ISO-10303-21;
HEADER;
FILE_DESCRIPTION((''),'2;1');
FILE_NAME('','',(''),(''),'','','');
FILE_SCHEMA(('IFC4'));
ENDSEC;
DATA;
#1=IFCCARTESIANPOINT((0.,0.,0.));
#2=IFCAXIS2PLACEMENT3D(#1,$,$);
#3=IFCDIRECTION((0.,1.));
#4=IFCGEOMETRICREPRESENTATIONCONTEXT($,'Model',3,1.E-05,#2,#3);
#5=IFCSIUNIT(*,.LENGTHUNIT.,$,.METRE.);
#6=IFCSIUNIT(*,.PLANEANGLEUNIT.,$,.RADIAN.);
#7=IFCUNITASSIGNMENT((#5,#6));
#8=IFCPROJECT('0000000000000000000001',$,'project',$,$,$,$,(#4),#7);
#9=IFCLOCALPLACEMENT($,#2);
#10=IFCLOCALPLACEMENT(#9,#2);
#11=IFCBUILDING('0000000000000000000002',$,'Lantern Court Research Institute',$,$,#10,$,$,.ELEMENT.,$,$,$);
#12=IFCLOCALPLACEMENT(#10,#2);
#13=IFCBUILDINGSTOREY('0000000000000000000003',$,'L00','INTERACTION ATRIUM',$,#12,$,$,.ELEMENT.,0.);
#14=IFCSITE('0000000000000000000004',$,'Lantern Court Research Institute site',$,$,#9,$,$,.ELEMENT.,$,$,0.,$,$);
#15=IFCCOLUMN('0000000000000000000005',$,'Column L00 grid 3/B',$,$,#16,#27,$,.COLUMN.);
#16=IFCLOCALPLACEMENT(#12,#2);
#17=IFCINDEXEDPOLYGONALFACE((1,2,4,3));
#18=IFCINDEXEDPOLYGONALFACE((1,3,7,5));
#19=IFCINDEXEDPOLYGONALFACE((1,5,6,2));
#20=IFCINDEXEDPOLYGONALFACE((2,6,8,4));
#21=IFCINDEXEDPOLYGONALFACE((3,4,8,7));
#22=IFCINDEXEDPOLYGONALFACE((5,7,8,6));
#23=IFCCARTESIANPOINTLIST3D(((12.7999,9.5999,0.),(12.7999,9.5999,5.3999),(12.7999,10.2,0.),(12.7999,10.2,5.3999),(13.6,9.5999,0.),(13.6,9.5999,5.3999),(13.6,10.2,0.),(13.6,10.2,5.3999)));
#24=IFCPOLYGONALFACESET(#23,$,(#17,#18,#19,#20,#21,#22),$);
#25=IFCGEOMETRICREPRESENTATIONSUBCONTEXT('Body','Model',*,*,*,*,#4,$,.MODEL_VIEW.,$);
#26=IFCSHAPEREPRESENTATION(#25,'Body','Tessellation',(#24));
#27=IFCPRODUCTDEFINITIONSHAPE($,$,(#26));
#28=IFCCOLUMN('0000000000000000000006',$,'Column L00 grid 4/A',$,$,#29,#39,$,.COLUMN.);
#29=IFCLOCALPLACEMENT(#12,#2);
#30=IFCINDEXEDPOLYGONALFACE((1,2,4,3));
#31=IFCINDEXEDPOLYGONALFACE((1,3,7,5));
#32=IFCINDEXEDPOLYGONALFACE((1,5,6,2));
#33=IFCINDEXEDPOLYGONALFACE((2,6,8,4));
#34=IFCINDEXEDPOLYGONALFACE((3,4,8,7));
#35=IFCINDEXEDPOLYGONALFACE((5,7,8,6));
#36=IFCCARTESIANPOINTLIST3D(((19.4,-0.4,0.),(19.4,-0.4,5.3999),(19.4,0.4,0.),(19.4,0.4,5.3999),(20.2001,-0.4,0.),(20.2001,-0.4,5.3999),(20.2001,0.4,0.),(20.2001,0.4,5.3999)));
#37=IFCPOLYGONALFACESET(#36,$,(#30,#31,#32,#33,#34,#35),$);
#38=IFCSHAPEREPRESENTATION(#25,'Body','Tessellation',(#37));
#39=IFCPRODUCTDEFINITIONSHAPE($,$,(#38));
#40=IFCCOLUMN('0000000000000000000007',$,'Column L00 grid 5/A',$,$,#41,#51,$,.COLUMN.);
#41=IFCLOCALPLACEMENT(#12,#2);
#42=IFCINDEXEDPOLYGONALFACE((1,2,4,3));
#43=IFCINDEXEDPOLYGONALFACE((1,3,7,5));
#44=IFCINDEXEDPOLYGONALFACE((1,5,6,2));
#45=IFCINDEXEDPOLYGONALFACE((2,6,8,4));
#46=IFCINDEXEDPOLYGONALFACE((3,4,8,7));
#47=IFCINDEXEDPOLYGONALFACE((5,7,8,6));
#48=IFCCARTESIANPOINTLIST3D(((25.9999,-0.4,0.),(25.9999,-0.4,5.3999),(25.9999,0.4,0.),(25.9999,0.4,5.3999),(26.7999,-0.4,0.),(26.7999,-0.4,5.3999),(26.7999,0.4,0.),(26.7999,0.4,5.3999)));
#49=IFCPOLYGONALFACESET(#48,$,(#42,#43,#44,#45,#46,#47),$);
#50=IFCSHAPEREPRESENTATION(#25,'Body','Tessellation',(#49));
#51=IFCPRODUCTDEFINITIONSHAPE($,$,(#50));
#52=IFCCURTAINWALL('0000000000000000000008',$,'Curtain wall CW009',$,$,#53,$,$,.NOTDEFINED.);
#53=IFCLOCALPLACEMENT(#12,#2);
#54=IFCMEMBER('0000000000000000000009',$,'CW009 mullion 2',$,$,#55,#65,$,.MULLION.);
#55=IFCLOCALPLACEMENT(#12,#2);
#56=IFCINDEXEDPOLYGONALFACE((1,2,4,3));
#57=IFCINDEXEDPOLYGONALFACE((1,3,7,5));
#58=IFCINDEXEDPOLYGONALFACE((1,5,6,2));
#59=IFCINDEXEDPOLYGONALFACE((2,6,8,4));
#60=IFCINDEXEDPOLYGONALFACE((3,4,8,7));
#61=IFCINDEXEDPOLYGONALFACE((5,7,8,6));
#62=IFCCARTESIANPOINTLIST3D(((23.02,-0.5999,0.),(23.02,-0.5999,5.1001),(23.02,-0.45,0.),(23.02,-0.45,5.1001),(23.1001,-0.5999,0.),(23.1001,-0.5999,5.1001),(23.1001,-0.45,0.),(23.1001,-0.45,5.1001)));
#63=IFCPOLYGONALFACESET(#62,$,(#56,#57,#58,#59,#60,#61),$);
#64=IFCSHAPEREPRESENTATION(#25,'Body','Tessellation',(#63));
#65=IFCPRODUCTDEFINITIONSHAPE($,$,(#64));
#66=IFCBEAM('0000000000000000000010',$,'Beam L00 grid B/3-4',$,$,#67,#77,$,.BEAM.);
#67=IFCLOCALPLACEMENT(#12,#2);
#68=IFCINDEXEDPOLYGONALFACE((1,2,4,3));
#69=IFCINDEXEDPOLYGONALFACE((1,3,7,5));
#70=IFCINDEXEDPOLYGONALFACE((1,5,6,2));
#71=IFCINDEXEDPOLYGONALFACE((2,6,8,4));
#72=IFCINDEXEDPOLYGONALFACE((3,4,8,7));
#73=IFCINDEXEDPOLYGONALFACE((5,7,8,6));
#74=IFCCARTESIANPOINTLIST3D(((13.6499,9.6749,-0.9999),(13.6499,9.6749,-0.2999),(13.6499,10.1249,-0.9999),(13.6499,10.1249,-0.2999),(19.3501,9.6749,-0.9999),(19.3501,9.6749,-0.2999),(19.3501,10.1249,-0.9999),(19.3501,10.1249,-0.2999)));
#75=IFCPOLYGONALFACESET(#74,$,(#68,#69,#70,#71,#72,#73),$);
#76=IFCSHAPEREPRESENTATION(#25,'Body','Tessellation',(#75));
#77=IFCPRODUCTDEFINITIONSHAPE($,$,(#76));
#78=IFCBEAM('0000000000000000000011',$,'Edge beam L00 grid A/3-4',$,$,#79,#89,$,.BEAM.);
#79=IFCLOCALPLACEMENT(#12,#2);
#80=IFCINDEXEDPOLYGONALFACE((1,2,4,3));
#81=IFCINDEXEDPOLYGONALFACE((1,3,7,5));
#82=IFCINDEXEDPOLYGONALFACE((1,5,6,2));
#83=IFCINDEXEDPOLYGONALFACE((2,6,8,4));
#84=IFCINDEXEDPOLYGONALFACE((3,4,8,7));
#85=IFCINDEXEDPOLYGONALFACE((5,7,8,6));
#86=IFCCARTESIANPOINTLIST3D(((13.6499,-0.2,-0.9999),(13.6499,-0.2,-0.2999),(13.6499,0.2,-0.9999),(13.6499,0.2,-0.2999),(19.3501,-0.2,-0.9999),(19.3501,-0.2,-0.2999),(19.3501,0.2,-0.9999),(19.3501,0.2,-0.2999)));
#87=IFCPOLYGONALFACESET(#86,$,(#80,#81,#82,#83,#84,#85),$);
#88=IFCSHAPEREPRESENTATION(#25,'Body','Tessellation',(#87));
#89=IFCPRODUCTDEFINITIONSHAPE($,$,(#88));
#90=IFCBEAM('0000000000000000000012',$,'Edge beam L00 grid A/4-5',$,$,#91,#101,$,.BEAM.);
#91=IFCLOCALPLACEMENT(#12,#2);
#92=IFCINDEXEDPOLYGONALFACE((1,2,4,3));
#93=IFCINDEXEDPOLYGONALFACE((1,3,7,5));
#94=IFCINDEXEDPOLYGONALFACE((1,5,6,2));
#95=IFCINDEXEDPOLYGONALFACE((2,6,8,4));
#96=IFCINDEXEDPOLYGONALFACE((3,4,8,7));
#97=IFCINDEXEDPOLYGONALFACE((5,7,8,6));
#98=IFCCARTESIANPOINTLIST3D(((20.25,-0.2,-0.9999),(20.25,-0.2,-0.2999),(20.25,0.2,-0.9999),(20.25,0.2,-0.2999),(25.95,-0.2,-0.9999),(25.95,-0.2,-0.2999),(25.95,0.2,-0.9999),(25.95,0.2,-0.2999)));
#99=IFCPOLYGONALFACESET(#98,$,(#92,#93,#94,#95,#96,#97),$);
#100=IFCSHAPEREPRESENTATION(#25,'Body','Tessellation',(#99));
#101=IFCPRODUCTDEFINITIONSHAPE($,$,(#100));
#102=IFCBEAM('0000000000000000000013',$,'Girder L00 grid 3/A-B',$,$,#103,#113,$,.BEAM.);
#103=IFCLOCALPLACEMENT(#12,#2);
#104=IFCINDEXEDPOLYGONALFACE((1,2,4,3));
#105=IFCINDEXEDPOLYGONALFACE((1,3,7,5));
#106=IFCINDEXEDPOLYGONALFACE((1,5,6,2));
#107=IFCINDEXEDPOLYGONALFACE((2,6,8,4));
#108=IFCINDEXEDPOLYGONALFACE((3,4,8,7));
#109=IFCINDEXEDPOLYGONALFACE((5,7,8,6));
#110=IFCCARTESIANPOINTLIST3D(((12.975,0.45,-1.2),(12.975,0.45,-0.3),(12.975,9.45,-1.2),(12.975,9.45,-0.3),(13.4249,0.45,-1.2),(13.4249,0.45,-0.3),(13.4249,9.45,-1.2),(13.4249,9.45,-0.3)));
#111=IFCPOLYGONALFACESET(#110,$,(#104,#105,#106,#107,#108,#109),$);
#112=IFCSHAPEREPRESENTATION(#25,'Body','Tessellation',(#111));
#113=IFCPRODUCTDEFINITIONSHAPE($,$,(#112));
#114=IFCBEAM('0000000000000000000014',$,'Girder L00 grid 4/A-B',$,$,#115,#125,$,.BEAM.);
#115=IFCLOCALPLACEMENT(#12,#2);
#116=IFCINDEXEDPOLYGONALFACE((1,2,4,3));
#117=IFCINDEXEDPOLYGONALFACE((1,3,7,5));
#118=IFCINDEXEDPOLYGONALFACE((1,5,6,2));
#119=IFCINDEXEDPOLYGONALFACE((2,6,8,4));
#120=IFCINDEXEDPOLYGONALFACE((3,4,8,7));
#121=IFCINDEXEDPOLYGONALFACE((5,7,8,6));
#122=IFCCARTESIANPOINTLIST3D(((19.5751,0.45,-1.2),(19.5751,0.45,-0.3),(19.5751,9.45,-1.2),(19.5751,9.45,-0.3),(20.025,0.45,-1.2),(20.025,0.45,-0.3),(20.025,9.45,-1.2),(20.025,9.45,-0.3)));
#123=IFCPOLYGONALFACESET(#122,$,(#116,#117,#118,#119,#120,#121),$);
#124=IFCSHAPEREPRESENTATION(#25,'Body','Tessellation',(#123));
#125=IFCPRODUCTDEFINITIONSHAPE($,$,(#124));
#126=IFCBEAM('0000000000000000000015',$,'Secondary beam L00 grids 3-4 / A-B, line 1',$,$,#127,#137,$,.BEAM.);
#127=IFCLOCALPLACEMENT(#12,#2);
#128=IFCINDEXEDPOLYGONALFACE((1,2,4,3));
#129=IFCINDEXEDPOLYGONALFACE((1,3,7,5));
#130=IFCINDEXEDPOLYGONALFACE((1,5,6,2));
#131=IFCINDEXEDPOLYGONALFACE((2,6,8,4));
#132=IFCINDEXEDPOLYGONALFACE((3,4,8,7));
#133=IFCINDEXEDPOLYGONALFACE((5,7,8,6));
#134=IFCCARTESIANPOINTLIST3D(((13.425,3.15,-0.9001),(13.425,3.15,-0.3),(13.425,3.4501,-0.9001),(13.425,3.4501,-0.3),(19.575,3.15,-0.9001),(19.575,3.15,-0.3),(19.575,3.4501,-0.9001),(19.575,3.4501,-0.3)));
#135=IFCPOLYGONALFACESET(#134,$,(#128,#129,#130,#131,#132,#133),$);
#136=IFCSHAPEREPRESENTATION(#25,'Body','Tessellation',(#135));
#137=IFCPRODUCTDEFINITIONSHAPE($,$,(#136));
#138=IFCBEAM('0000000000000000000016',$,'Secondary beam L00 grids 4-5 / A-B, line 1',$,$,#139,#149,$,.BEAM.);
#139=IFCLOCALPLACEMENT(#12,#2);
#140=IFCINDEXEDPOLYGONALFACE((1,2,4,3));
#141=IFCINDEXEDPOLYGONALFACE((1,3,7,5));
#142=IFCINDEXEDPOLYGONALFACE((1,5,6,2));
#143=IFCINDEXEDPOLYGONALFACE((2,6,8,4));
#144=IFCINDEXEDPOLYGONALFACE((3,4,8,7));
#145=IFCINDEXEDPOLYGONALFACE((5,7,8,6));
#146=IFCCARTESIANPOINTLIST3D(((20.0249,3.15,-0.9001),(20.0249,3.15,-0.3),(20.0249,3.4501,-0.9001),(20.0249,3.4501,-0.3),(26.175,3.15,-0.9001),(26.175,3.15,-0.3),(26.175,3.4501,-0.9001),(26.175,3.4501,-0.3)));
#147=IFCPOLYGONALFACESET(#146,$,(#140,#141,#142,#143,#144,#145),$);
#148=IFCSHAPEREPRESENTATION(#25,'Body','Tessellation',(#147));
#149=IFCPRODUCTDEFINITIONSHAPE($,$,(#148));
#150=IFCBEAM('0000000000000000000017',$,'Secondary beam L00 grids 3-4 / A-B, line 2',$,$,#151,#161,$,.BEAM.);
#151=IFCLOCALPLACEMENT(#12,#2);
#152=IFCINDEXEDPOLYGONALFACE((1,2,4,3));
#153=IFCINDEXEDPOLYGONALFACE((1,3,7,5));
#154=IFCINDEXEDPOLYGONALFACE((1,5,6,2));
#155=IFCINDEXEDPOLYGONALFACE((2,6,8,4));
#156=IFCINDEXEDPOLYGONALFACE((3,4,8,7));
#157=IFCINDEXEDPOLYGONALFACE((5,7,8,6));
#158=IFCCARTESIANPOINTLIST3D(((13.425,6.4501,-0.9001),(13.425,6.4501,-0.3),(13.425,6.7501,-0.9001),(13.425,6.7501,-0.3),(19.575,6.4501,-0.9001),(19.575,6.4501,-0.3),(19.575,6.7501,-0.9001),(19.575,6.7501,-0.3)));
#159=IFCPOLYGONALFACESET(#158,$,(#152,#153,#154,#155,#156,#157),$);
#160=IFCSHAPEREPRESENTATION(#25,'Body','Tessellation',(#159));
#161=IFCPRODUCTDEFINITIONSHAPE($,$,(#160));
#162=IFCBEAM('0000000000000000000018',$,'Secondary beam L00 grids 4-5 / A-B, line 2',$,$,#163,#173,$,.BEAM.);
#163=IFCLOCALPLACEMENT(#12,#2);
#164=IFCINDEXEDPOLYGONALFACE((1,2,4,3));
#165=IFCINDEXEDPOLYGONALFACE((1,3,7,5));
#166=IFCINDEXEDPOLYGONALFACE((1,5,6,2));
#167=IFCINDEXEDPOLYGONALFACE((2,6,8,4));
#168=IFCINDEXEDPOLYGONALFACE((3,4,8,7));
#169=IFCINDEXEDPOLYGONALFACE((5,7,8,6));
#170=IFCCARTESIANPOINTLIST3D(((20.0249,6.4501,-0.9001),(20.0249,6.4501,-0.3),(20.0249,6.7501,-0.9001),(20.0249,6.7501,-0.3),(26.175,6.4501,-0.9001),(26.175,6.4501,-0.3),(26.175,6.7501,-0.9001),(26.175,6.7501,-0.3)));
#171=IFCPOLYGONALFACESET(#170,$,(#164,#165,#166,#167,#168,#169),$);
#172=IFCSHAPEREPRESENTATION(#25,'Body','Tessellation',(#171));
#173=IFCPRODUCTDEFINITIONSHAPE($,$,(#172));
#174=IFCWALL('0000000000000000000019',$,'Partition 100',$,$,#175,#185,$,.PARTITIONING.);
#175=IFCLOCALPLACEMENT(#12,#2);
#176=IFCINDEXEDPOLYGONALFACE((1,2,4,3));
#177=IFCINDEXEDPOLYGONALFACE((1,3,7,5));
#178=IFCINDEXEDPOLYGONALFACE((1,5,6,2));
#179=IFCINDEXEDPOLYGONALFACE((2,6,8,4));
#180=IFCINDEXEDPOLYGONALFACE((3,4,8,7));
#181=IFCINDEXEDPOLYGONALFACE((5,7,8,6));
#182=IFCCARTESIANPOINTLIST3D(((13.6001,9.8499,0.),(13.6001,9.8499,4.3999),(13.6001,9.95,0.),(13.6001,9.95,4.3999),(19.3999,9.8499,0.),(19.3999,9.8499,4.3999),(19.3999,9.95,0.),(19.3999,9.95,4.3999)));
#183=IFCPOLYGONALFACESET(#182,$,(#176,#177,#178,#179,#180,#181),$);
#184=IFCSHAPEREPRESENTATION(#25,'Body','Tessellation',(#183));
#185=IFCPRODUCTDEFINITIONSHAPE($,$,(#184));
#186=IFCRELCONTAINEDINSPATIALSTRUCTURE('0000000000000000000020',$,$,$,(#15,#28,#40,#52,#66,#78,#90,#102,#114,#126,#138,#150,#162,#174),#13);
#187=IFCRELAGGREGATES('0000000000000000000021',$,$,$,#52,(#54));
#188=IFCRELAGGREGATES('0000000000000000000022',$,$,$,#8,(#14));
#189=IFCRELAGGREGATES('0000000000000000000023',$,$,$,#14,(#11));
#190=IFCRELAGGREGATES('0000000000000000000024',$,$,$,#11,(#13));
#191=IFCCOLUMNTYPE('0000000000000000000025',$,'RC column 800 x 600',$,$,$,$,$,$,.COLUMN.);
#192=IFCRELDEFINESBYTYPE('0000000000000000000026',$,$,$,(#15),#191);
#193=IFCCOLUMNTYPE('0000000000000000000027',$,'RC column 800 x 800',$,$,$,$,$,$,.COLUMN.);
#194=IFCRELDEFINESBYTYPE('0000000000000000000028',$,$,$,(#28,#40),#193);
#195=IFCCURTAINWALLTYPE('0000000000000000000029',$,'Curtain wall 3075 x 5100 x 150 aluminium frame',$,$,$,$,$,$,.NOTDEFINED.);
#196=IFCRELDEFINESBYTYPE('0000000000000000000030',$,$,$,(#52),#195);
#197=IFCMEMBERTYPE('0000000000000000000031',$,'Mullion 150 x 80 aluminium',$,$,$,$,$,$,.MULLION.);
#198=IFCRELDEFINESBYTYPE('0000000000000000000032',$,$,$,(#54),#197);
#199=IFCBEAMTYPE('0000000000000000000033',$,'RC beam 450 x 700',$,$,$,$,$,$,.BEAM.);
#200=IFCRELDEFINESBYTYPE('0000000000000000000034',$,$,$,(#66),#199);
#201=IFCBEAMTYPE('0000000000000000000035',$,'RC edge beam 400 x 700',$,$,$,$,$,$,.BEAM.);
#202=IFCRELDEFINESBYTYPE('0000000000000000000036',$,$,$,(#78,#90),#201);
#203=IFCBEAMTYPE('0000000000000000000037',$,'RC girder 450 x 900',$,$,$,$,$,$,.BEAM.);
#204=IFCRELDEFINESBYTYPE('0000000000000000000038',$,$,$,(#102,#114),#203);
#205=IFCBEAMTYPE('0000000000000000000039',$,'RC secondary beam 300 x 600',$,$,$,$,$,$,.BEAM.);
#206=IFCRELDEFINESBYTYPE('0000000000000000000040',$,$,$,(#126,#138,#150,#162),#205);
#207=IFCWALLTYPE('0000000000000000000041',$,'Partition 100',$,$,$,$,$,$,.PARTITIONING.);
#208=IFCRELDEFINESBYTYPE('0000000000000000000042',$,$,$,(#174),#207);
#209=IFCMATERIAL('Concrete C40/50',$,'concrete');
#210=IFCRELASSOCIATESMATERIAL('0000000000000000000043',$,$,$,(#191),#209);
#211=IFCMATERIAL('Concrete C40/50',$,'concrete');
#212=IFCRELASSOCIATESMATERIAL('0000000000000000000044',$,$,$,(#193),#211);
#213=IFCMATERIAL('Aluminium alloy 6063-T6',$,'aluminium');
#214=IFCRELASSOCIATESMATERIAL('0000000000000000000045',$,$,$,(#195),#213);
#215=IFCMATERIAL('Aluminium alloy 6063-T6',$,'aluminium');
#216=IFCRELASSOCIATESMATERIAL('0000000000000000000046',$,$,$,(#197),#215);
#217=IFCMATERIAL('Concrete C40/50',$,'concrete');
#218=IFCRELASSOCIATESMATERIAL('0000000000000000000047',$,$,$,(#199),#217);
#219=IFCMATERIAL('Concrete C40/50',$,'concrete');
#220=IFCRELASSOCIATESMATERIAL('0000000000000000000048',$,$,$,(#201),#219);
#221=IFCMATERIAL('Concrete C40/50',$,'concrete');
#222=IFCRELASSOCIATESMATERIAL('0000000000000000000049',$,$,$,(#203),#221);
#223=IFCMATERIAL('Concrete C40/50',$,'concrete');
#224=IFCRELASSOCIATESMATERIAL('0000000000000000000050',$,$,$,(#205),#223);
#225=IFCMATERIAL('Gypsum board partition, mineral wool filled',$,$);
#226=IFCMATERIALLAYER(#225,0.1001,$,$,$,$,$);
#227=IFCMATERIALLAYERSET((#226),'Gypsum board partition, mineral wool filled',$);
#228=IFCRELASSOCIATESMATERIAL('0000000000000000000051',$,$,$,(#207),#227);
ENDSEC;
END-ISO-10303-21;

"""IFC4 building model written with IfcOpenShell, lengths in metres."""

from ifc_helpers import new_model, si_unit, direction, frame, frame_2d, origin, origin_2d, place, context, subcontext, project, spatial, rectangle, extrude, material, layer, layer_set, material_profile, profile_set, type_object, element, aggregate, save


model = new_model("IFC4")

# Units and contexts
model_context = context("Model", 3, precision=1e-05, world=origin(), true_north=direction((0.0, 1.0)))
body_context = subcontext(model_context, "Body", "Model", "MODEL_VIEW")
ifc_project = project(units=[si_unit("LENGTHUNIT", "METRE"), si_unit("PLANEANGLEUNIT", "RADIAN")], contexts=[model_context])

# Site, building, storey
site_placement = place(None, origin())
site = spatial("IfcSite", under=ifc_project, at=site_placement, Name="Lantern Court Research Institute site", CompositionType="ELEMENT", RefElevation=0.0)
building_placement = place(site_placement, origin())
building = spatial("IfcBuilding", under=site, at=building_placement, Name="Lantern Court Research Institute", CompositionType="ELEMENT")
storey_placement = place(building_placement, origin())
storey = spatial("IfcBuildingStorey", under=building, at=storey_placement, Name="L00", Description="INTERACTION ATRIUM", CompositionType="ELEMENT", Elevation=0.0)

# Columns
ifc_material_1 = material(Name="Concrete C40/50", Category="concrete")
ifc_material_profile_1 = material_profile(ifc_material_1, rectangle(XDim=0.8, YDim=0.6001, at=origin_2d()), Name="RC column 800 x 600")
ifc_profile_set_1 = profile_set([ifc_material_profile_1], Name="Concrete C40/50")
column_type_1 = type_object("IfcColumnType", Name="RC column 800 x 600", PredefinedType="COLUMN", material=ifc_profile_set_1)
column_placement = place(storey_placement, frame((13.2, 9.8999, 0.0), z_axis=(0.0, 0.0, 1.0), x_axis=(1.0, 0.0, 0.0)))
element("IfcColumn", 1, at=column_placement, inside=storey, type_object=column_type_1, Name="Column L00 grid 3/B", PredefinedType="COLUMN", context=body_context, shape_type="SweptSolid", body=[
    extrude(rectangle(XDim=0.8, YDim=0.6001, at=origin_2d()), origin(), (0.0, 0.0, 1.0), 5.3999),
])
ifc_material_2 = material(Name="Concrete C40/50", Category="concrete")
ifc_material_profile_2 = material_profile(ifc_material_2, rectangle(XDim=0.8, YDim=0.8, at=origin_2d()), Name="RC column 800 x 800")
ifc_profile_set_2 = profile_set([ifc_material_profile_2], Name="Concrete C40/50")
column_type_2 = type_object("IfcColumnType", Name="RC column 800 x 800", PredefinedType="COLUMN", material=ifc_profile_set_2)
for number, where, z_axis, x_axis, name in (
    (2, (19.8, 0.0, 0.0), (0.0, 0.0, 1.0), (1.0, 0.0, 0.0), "Column L00 grid 4/A"),
    (3, (26.3999, 0.0, 0.0), (0.0, 0.0, 1.0), (1.0, 0.0, 0.0), "Column L00 grid 5/A"),
):
    element("IfcColumn", number, at=place(storey_placement, frame(where, z_axis=z_axis, x_axis=x_axis)), inside=storey, type_object=column_type_2, Name=name, PredefinedType="COLUMN", context=body_context, shape_type="SweptSolid", body=[
        extrude(rectangle(XDim=0.8, YDim=0.8, at=origin_2d()), origin(), (0.0, 0.0, 1.0), 5.3999),
    ])

# Curtain wall, member
ifc_material_3 = material(Name="Aluminium alloy 6063-T6", Category="aluminium")
curtain_wall_type = type_object("IfcCurtainWallType", Name="Curtain wall 3075 x 5100 x 150 aluminium frame", PredefinedType="NOTDEFINED", material=ifc_material_3)
curtain_wall_placement = place(storey_placement, origin())
curtain_wall = element("IfcCurtainWall", 4, at=curtain_wall_placement, inside=storey, type_object=curtain_wall_type, Name="Curtain wall CW009", PredefinedType="NOTDEFINED")
ifc_material_4 = material(Name="Aluminium alloy 6063-T6", Category="aluminium")
ifc_material_profile_3 = material_profile(ifc_material_4, rectangle(XDim=0.1499, YDim=0.0801, at=origin_2d()), Name="Mullion 150 x 80")
ifc_profile_set_3 = profile_set([ifc_material_profile_3], Name="Aluminium alloy 6063-T6")
member_type = type_object("IfcMemberType", Name="Mullion 150 x 80 aluminium", PredefinedType="MULLION", material=ifc_profile_set_3)
member_placement = place(storey_placement, frame((23.0601, -0.5249, 0.0), z_axis=(0.0, 0.0, 1.0), x_axis=(0.0, -1.0, 0.0)))
member = element("IfcMember", 5, at=member_placement, type_object=member_type, Name="CW009 mullion 2", PredefinedType="MULLION", context=body_context, shape_type="SweptSolid", body=[
    extrude(rectangle(XDim=0.1499, YDim=0.0801, at=origin_2d()), origin(), (0.0, 0.0, 1.0), 5.1001),
])
aggregate(curtain_wall, [member])

# Beams
ifc_material_5 = material(Name="Concrete C40/50", Category="concrete")
ifc_material_profile_4 = material_profile(ifc_material_5, rectangle(XDim=0.45, YDim=0.7, at=origin_2d()), Name="RC beam 450 x 700")
ifc_profile_set_4 = profile_set([ifc_material_profile_4], Name="Concrete C40/50")
beam_type_1 = type_object("IfcBeamType", Name="RC beam 450 x 700", PredefinedType="BEAM", material=ifc_profile_set_4)
beam_1_placement = place(storey_placement, frame((13.6499, 9.8999, -0.6499), z_axis=(1.0, 0.0, 0.0), x_axis=(0.0, 1.0, 0.0)))
element("IfcBeam", 6, at=beam_1_placement, inside=storey, type_object=beam_type_1, Name="Beam L00 grid B/3-4", PredefinedType="BEAM", context=body_context, shape_type="SweptSolid", body=[
    extrude(rectangle(XDim=0.45, YDim=0.7, at=origin_2d()), origin(), (0.0, 0.0, 1.0), 5.7002),
])
ifc_material_6 = material(Name="Concrete C40/50", Category="concrete")
ifc_material_profile_5 = material_profile(ifc_material_6, rectangle(XDim=0.3999, YDim=0.7, at=origin_2d()), Name="RC beam 400 x 700")
ifc_profile_set_5 = profile_set([ifc_material_profile_5], Name="Concrete C40/50")
beam_type_2 = type_object("IfcBeamType", Name="RC edge beam 400 x 700", PredefinedType="BEAM", material=ifc_profile_set_5)
beam_2_placement = place(storey_placement, frame((13.6499, 0.0, -0.6499), z_axis=(1.0, 0.0, 0.0), x_axis=(0.0, 1.0, 0.0)))
element("IfcBeam", 7, at=beam_2_placement, inside=storey, type_object=beam_type_2, Name="Edge beam L00 grid A/3-4", PredefinedType="BEAM", context=body_context, shape_type="SweptSolid", body=[
    extrude(rectangle(XDim=0.3999, YDim=0.7, at=origin_2d()), origin(), (0.0, 0.0, 1.0), 5.7002),
])
beam_3_placement = place(storey_placement, frame((20.25, 0.0, -0.6499), z_axis=(1.0, 0.0, 0.0), x_axis=(0.0, 1.0, 0.0)))
element("IfcBeam", 8, at=beam_3_placement, inside=storey, type_object=beam_type_2, Name="Edge beam L00 grid A/4-5", PredefinedType="BEAM", context=body_context, shape_type="SweptSolid", body=[
    extrude(rectangle(XDim=0.3999, YDim=0.7, at=origin_2d()), origin(), (0.0, 0.0, 1.0), 5.7),
])
ifc_material_7 = material(Name="Concrete C40/50", Category="concrete")
ifc_material_profile_6 = material_profile(ifc_material_7, rectangle(XDim=0.45, YDim=0.8999, at=origin_2d()), Name="RC beam 450 x 900")
ifc_profile_set_6 = profile_set([ifc_material_profile_6], Name="Concrete C40/50")
beam_type_3 = type_object("IfcBeamType", Name="RC girder 450 x 900", PredefinedType="BEAM", material=ifc_profile_set_6)
for number, where, z_axis, x_axis, name in (
    (9, (13.2, 0.45, -0.75), (0.0, 1.0, 0.0), (-1.0, 0.0, 0.0), "Girder L00 grid 3/A-B"),
    (10, (19.8, 0.45, -0.75), (0.0, 1.0, 0.0), (-1.0, 0.0, 0.0), "Girder L00 grid 4/A-B"),
):
    element("IfcBeam", number, at=place(storey_placement, frame(where, z_axis=z_axis, x_axis=x_axis)), inside=storey, type_object=beam_type_3, Name=name, PredefinedType="BEAM", context=body_context, shape_type="SweptSolid", body=[
        extrude(rectangle(XDim=0.45, YDim=0.8999, at=origin_2d()), origin(), (0.0, 0.0, 1.0), 9.0),
    ])
ifc_material_8 = material(Name="Concrete C40/50", Category="concrete")
ifc_material_profile_7 = material_profile(ifc_material_8, rectangle(XDim=0.3, YDim=0.6001, at=origin_2d()), Name="RC beam 300 x 600")
ifc_profile_set_7 = profile_set([ifc_material_profile_7], Name="Concrete C40/50")
beam_type_4 = type_object("IfcBeamType", Name="RC secondary beam 300 x 600", PredefinedType="BEAM", material=ifc_profile_set_7)
beam_4_placement = place(storey_placement, frame((13.425, 3.3, -0.6001), z_axis=(1.0, 0.0, 0.0), x_axis=(0.0, 1.0, 0.0)))
element("IfcBeam", 11, at=beam_4_placement, inside=storey, type_object=beam_type_4, Name="Secondary beam L00 grids 3-4 / A-B, line 1", PredefinedType="BEAM", context=body_context, shape_type="SweptSolid", body=[
    extrude(rectangle(XDim=0.3, YDim=0.6001, at=origin_2d()), origin(), (0.0, 0.0, 1.0), 6.1499),
])
beam_5_placement = place(storey_placement, frame((20.0249, 3.3, -0.6001), z_axis=(1.0, 0.0, 0.0), x_axis=(0.0, 1.0, 0.0)))
element("IfcBeam", 12, at=beam_5_placement, inside=storey, type_object=beam_type_4, Name="Secondary beam L00 grids 4-5 / A-B, line 1", PredefinedType="BEAM", context=body_context, shape_type="SweptSolid", body=[
    extrude(rectangle(XDim=0.3, YDim=0.6001, at=origin_2d()), origin(), (0.0, 0.0, 1.0), 6.1501),
])
beam_6_placement = place(storey_placement, frame((13.425, 6.6001, -0.6001), z_axis=(1.0, 0.0, 0.0), x_axis=(0.0, 1.0, 0.0)))
element("IfcBeam", 13, at=beam_6_placement, inside=storey, type_object=beam_type_4, Name="Secondary beam L00 grids 3-4 / A-B, line 2", PredefinedType="BEAM", context=body_context, shape_type="SweptSolid", body=[
    extrude(rectangle(XDim=0.3, YDim=0.6001, at=origin_2d()), origin(), (0.0, 0.0, 1.0), 6.1499),
])
beam_7_placement = place(storey_placement, frame((20.0249, 6.6001, -0.6001), z_axis=(1.0, 0.0, 0.0), x_axis=(0.0, 1.0, 0.0)))
element("IfcBeam", 14, at=beam_7_placement, inside=storey, type_object=beam_type_4, Name="Secondary beam L00 grids 4-5 / A-B, line 2", PredefinedType="BEAM", context=body_context, shape_type="SweptSolid", body=[
    extrude(rectangle(XDim=0.3, YDim=0.6001, at=origin_2d()), origin(), (0.0, 0.0, 1.0), 6.1501),
])

# Wall
ifc_material_9 = material(Name="Gypsum board partition, mineral wool filled")
ifc_layer_1 = layer(ifc_material_9, 0.1001)
ifc_layer_set_1 = layer_set([ifc_layer_1], Name="Gypsum board partition, mineral wool filled")
wall_type_1 = type_object("IfcWallType", Name="Partition 100", PredefinedType="PARTITIONING", material=ifc_layer_set_1)
wall_1_placement = place(storey_placement, frame((13.6001, 9.8999, 0.0), z_axis=(0.0, 0.0, 1.0), x_axis=(1.0, 0.0, 0.0)))
element("IfcWall", 15, at=wall_1_placement, inside=storey, type_object=wall_type_1, Name="Partition 100", PredefinedType="PARTITIONING", context=body_context, shape_type="SweptSolid", body=[
    extrude(rectangle(XDim=5.7998, YDim=0.1001, at=frame_2d((2.8999, 0.0))), origin(), (0.0, 0.0, 1.0), 4.3999),
])

save(model, "model.ifc")
